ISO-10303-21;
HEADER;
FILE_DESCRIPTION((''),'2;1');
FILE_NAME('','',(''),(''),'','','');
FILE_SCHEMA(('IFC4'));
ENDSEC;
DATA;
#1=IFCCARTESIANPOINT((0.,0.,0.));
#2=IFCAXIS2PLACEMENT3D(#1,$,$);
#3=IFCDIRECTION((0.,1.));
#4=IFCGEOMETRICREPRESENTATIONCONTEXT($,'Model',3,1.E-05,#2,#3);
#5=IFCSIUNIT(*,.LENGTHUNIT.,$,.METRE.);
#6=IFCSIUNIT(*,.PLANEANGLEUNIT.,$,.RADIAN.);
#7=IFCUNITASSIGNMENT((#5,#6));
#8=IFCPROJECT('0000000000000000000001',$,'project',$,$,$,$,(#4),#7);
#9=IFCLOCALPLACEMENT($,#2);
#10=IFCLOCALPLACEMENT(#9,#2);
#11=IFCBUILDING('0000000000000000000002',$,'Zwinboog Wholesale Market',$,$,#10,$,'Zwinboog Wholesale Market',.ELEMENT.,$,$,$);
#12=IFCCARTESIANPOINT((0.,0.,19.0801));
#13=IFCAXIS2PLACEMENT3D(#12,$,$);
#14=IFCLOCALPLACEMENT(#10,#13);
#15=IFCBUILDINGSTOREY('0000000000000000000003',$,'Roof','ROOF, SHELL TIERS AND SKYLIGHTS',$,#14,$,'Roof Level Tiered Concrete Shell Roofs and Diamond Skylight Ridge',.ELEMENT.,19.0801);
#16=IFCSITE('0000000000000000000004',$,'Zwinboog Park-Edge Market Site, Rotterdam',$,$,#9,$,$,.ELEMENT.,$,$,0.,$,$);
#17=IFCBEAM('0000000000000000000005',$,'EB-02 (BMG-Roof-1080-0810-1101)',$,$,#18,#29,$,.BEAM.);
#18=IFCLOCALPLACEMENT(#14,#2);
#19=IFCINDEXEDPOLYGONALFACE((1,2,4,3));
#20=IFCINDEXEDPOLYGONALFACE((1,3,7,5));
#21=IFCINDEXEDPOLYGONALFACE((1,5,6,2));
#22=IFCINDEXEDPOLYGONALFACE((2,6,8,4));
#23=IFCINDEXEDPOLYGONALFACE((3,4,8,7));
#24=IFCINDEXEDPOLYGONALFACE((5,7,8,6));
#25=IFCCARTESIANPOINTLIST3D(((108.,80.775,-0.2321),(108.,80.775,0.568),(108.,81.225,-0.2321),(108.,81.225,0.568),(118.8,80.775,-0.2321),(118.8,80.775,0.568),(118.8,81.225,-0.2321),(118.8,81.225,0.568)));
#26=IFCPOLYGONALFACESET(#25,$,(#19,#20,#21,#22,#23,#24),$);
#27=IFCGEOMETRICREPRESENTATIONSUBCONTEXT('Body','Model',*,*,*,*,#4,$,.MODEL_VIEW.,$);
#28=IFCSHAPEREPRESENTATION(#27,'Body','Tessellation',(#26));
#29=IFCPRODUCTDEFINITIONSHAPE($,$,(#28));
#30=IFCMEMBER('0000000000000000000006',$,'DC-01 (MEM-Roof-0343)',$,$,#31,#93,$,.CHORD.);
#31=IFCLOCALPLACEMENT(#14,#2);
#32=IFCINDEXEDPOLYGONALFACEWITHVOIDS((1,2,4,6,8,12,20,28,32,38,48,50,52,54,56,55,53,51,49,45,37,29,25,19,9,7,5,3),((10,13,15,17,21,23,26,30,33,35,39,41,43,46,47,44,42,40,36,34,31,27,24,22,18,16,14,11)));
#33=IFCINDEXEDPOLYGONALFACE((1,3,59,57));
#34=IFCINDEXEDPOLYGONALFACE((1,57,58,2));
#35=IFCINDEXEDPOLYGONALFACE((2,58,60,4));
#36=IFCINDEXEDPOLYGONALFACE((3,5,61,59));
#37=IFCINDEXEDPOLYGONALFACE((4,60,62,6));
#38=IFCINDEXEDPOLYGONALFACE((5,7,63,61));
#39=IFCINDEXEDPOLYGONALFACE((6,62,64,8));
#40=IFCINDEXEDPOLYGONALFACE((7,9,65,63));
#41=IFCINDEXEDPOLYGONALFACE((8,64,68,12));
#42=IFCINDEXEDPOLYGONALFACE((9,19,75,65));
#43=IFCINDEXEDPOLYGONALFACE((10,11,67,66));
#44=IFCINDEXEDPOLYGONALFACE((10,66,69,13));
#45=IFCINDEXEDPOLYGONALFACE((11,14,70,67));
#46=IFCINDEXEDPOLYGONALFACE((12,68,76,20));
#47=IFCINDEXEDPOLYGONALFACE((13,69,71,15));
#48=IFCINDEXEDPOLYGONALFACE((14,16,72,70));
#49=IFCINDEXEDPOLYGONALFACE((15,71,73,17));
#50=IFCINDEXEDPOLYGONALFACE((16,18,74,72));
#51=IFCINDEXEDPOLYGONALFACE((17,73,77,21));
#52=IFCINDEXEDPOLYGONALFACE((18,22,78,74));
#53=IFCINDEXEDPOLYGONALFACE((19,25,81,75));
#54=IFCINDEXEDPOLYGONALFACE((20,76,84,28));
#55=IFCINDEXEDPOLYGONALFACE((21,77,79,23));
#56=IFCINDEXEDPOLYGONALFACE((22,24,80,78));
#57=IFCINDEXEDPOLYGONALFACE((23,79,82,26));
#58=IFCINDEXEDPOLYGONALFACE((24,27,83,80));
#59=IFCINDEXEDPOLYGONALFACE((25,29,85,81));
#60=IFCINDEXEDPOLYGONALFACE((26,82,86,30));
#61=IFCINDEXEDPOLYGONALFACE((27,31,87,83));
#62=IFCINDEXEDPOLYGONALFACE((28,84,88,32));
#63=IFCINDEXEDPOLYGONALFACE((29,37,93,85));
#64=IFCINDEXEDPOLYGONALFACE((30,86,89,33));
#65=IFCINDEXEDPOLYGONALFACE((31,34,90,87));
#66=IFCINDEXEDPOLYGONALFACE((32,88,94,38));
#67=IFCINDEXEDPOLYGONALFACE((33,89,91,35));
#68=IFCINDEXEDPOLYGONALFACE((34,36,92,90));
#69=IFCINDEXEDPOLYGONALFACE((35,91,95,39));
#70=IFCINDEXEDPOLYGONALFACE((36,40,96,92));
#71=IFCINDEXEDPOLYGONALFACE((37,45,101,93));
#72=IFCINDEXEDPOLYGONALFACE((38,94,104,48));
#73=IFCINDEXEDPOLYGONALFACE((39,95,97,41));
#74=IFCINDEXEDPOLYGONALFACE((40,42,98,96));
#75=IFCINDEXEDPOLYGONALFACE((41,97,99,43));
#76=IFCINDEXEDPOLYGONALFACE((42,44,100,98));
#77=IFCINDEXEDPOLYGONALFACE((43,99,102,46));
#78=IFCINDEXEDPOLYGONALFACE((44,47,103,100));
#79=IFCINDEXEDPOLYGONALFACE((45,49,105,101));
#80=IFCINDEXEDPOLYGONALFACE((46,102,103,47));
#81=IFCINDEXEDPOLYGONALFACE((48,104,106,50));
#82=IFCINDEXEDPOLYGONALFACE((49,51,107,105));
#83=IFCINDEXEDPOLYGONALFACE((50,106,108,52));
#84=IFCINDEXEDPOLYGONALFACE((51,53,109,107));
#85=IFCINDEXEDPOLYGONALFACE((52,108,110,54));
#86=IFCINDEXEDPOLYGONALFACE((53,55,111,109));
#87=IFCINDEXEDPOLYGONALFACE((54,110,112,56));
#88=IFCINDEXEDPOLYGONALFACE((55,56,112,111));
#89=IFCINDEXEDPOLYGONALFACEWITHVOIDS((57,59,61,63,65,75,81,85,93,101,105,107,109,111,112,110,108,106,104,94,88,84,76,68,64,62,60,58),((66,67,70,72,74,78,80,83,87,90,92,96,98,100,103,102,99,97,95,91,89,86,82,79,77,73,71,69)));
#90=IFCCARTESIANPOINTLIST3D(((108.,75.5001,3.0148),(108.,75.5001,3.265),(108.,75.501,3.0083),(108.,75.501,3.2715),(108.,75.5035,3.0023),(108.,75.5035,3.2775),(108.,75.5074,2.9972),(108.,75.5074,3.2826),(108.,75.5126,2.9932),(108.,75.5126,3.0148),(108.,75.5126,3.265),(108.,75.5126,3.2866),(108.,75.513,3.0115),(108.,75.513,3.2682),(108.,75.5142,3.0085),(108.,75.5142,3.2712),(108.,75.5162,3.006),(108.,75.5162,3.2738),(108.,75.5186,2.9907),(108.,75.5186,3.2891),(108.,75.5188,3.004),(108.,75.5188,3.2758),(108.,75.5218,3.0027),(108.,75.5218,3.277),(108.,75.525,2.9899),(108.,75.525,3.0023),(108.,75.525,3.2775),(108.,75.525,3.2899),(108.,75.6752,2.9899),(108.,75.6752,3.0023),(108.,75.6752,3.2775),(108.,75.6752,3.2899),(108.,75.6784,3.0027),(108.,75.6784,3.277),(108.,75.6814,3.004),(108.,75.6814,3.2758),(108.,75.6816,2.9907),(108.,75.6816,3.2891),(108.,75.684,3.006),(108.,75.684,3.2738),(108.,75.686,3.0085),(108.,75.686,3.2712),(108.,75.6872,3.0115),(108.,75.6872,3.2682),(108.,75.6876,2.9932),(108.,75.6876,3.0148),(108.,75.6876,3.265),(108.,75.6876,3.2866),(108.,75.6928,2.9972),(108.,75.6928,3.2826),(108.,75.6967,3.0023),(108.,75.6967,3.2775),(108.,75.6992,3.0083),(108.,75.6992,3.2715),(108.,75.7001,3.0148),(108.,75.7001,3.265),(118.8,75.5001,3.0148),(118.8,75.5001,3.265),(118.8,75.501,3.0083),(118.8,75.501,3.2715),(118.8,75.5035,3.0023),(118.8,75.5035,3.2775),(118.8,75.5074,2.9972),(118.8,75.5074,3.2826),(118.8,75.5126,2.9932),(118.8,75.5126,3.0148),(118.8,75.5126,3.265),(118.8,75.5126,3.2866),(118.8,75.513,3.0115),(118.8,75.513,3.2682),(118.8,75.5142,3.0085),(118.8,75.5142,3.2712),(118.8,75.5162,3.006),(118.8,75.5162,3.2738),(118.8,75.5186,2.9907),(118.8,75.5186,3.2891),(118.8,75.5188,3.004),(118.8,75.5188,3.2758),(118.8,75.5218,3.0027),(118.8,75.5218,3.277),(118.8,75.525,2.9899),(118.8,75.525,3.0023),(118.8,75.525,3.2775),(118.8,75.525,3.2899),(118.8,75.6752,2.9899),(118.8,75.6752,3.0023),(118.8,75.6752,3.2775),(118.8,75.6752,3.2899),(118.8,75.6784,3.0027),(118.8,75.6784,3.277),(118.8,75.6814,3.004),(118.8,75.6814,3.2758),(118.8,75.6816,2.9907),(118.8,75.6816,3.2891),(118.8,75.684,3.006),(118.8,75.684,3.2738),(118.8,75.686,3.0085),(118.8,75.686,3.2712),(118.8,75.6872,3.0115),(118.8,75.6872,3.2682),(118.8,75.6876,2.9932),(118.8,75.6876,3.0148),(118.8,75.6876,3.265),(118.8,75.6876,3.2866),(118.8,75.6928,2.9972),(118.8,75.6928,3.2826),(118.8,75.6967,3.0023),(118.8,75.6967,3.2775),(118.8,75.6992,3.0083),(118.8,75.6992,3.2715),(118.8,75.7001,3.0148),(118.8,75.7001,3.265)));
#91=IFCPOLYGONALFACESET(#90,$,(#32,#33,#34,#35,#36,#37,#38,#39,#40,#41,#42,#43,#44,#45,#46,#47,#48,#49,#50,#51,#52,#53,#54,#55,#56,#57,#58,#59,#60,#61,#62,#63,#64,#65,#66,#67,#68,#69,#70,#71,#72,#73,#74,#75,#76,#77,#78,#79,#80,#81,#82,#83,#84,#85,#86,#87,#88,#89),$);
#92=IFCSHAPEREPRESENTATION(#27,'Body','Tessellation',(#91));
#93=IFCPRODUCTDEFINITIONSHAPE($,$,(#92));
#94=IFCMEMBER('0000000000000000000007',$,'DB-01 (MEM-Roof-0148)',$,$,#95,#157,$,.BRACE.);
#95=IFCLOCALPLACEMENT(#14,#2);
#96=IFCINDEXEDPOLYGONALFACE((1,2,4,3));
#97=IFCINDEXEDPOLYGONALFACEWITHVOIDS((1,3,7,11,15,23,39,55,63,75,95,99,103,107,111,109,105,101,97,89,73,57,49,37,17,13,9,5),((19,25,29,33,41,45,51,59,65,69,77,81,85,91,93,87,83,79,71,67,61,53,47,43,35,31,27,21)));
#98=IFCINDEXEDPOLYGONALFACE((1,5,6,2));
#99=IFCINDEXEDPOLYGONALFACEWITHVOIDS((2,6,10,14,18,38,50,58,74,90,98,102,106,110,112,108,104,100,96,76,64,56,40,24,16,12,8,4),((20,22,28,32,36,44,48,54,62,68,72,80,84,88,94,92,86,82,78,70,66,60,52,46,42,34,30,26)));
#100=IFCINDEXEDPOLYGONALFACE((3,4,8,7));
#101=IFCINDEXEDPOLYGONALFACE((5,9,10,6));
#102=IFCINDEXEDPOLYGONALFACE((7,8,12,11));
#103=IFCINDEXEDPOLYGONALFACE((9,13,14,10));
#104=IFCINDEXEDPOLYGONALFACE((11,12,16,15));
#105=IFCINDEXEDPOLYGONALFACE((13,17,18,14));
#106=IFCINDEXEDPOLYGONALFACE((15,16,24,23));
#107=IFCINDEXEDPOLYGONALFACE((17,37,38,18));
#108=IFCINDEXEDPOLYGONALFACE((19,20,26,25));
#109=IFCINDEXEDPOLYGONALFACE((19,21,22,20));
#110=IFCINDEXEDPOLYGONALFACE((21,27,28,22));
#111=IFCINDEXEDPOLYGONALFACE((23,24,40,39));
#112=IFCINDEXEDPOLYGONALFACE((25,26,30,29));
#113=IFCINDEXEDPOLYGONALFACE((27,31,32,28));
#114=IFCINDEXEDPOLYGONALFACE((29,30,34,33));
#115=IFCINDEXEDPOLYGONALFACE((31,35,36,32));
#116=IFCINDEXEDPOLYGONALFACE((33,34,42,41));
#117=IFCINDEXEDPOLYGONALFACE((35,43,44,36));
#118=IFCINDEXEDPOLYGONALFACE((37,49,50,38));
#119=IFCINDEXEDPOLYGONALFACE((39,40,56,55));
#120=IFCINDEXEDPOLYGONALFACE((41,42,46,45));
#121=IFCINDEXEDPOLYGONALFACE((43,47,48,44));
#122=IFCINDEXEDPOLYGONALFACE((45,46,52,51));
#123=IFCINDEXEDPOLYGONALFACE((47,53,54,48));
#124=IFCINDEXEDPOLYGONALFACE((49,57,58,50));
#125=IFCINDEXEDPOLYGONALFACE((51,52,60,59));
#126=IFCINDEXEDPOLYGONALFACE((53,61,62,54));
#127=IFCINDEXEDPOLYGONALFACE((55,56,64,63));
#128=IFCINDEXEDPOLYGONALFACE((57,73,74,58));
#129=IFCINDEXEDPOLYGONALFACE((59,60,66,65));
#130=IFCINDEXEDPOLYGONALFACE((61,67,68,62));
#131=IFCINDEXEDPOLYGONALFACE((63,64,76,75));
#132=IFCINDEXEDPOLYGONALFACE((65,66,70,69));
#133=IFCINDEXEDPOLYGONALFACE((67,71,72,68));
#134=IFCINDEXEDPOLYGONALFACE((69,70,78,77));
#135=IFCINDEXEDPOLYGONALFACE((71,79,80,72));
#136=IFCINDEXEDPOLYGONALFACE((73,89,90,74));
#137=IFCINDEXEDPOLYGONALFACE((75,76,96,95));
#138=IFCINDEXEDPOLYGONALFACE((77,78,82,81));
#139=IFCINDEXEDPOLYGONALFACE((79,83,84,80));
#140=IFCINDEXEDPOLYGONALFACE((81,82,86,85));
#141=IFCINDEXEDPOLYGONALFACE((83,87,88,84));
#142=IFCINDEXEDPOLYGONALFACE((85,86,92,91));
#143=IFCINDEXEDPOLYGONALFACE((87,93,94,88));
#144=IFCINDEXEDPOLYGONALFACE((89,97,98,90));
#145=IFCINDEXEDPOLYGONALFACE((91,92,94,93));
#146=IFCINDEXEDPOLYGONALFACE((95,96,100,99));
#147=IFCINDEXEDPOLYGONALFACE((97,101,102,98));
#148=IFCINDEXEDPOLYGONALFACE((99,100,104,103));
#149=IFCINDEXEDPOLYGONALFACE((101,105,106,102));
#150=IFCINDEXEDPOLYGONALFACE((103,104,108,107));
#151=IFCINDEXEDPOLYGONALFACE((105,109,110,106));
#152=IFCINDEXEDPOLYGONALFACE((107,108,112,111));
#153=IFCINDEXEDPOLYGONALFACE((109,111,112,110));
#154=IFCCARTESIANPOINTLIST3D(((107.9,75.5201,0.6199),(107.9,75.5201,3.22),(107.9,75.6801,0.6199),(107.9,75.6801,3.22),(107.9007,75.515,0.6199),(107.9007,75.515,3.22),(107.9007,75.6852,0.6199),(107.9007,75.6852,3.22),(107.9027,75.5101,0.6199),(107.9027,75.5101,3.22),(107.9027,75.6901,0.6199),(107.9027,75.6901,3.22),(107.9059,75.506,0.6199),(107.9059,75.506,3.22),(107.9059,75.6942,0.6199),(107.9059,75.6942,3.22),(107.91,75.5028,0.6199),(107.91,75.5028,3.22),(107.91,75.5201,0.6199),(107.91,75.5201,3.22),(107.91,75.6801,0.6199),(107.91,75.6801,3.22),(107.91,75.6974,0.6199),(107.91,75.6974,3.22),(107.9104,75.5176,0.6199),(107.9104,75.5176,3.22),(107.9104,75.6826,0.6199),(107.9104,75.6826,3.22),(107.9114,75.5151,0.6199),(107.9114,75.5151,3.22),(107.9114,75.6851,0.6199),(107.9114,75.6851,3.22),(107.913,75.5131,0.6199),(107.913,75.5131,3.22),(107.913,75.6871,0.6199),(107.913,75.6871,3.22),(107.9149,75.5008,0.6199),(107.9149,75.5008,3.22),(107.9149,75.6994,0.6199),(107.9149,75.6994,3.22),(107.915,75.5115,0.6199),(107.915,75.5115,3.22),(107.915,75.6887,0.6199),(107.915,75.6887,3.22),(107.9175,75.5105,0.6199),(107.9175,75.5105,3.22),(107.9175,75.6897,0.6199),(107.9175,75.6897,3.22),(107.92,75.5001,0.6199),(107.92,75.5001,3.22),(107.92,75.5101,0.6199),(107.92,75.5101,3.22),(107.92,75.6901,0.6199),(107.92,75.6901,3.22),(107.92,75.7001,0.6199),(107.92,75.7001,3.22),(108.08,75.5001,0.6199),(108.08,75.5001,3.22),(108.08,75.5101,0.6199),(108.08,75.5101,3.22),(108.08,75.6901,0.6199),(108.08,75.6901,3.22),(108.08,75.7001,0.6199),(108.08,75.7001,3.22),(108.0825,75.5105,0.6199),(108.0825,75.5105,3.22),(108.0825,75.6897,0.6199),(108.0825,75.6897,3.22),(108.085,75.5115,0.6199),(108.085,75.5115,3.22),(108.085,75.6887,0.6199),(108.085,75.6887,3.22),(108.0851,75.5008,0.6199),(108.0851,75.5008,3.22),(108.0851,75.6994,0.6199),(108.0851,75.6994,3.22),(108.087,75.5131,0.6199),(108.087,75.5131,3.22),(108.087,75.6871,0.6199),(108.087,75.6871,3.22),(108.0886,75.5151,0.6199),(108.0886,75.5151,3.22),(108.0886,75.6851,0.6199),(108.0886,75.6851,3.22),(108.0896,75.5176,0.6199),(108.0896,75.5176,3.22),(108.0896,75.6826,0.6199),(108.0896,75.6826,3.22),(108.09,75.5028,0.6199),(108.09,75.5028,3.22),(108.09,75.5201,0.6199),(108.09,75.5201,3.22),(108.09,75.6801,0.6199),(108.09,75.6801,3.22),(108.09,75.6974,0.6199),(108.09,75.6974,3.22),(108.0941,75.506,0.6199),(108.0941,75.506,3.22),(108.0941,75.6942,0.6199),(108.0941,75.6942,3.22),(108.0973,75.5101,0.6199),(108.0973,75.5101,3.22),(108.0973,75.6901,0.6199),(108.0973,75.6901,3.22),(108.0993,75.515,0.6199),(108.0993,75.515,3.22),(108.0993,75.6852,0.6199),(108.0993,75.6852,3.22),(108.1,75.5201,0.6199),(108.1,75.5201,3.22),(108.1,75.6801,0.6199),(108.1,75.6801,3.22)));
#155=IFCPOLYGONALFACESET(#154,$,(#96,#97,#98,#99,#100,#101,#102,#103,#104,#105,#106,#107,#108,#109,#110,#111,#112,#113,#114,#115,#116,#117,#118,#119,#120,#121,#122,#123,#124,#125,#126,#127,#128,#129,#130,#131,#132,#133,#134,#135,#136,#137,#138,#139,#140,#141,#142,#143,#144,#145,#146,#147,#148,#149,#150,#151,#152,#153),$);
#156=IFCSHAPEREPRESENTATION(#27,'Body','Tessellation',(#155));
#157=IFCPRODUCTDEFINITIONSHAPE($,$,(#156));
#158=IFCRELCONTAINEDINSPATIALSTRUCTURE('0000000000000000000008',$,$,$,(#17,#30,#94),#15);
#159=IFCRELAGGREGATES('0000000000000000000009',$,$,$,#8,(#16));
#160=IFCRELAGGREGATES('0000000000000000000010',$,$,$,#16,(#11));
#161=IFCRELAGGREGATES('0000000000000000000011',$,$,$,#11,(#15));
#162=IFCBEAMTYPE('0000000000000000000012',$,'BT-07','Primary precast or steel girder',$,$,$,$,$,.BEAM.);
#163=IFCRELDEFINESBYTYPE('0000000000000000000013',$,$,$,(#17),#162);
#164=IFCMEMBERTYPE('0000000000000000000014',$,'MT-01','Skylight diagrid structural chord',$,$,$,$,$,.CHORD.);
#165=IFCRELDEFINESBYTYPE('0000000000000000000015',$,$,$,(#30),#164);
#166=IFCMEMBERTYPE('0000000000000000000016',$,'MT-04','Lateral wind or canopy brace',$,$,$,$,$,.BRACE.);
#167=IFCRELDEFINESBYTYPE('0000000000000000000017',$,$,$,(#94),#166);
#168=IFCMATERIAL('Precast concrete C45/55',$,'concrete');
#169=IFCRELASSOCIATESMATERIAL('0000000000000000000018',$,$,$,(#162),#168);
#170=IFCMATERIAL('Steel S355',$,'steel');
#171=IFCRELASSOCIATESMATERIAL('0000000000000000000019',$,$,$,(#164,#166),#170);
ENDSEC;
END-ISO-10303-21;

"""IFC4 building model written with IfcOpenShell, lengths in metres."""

from ifc_helpers import new_model, si_unit, direction, frame, origin, origin_2d, place, context, subcontext, project, spatial, rectangle, hollow_rectangle, extrude, material, material_profile, profile_set, type_object, element, save


model = new_model("IFC4")

# Units and contexts
model_context = context("Model", 3, precision=1e-05, world=origin(), true_north=direction((0.0, 1.0)))
body_context = subcontext(model_context, "Body", "Model", "MODEL_VIEW")
ifc_project = project(units=[si_unit("LENGTHUNIT", "METRE"), si_unit("PLANEANGLEUNIT", "RADIAN")], contexts=[model_context])

# Site, building, storey
site_placement = place(None, origin())
site = spatial("IfcSite", under=ifc_project, at=site_placement, Name="Zwinboog Park-Edge Market Site, Rotterdam", CompositionType="ELEMENT", RefElevation=0.0)
building_placement = place(site_placement, origin())
building = spatial("IfcBuilding", under=site, at=building_placement, Name="Zwinboog Wholesale Market", LongName="Zwinboog Wholesale Market", CompositionType="ELEMENT")
storey_placement = place(building_placement, frame((0.0, 0.0, 19.0801)))
storey = spatial("IfcBuildingStorey", under=building, at=storey_placement, Name="Roof", Description="ROOF, SHELL TIERS AND SKYLIGHTS", LongName="Roof Level Tiered Concrete Shell Roofs and Diamond Skylight Ridge", CompositionType="ELEMENT", Elevation=19.0801)

# Beam
ifc_material_1 = material(Name="Precast concrete C45/55", Category="concrete")
ifc_material_profile_1 = material_profile(ifc_material_1, rectangle(XDim=0.45, YDim=0.8, at=origin_2d()), Name="PC 450x800")
ifc_profile_set_1 = profile_set([ifc_material_profile_1], Name="Precast concrete C45/55")
beam_type = type_object("IfcBeamType", Name="BT-07", Description="Primary precast or steel girder", PredefinedType="BEAM", material=ifc_profile_set_1)
beam_placement = place(storey_placement, frame((108.0, 81.0, 0.168), z_axis=(1.0, 0.0, 0.0), x_axis=(0.0, 1.0, 0.0)))
element("IfcBeam", 1, at=beam_placement, inside=storey, type_object=beam_type, Name="EB-02 (BMG-Roof-1080-0810-1101)", PredefinedType="BEAM", context=body_context, shape_type="SweptSolid", body=[
    extrude(rectangle(XDim=0.45, YDim=0.8, at=origin_2d()), origin(), (0.0, 0.0, 1.0), 10.8),
])

# Members
ifc_material_2 = material(Name="Steel S355", Category="steel")
ifc_material_profile_2 = material_profile(ifc_material_2, hollow_rectangle(XDim=0.2, YDim=0.3, WallThickness=0.0125, InnerFilletRadius=0.0125, OuterFilletRadius=0.0249, at=origin_2d()), Name="RHS 300x200x12.5")
ifc_profile_set_2 = profile_set([ifc_material_profile_2], Name="Steel S355")
member_type_1 = type_object("IfcMemberType", Name="MT-01", Description="Skylight diagrid structural chord", PredefinedType="CHORD", material=ifc_profile_set_2)
member_1_placement = place(storey_placement, frame((108.0, 75.6001, 3.1399), z_axis=(1.0, 0.0, 0.0), x_axis=(0.0, 1.0, 0.0)))
element("IfcMember", 2, at=member_1_placement, inside=storey, type_object=member_type_1, Name="DC-01 (MEM-Roof-0343)", PredefinedType="CHORD", context=body_context, shape_type="SweptSolid", body=[
    extrude(hollow_rectangle(XDim=0.2, YDim=0.3, WallThickness=0.0125, InnerFilletRadius=0.0125, OuterFilletRadius=0.0249, at=origin_2d()), origin(), (0.0, 0.0, 1.0), 10.8),
])
ifc_material_profile_3 = material_profile(ifc_material_2, hollow_rectangle(XDim=0.2, YDim=0.2, WallThickness=0.01, InnerFilletRadius=0.01, OuterFilletRadius=0.02, at=origin_2d()), Name="SHS 200x200x10")
ifc_profile_set_3 = profile_set([ifc_material_profile_3], Name="Steel S355")
member_type_2 = type_object("IfcMemberType", Name="MT-04", Description="Lateral wind or canopy brace", PredefinedType="BRACE", material=ifc_profile_set_3)
member_2_placement = place(storey_placement, frame((108.0, 75.6001, 0.6199), z_axis=(0.0, 0.0, 1.0), x_axis=(1.0, 0.0, 0.0)))
element("IfcMember", 3, at=member_2_placement, inside=storey, type_object=member_type_2, Name="DB-01 (MEM-Roof-0148)", PredefinedType="BRACE", context=body_context, shape_type="SweptSolid", body=[
    extrude(hollow_rectangle(XDim=0.2, YDim=0.2, WallThickness=0.01, InnerFilletRadius=0.01, OuterFilletRadius=0.02, at=origin_2d()), origin(), (0.0, 0.0, 1.0), 2.6001),
])

save(model, "model.ifc")
